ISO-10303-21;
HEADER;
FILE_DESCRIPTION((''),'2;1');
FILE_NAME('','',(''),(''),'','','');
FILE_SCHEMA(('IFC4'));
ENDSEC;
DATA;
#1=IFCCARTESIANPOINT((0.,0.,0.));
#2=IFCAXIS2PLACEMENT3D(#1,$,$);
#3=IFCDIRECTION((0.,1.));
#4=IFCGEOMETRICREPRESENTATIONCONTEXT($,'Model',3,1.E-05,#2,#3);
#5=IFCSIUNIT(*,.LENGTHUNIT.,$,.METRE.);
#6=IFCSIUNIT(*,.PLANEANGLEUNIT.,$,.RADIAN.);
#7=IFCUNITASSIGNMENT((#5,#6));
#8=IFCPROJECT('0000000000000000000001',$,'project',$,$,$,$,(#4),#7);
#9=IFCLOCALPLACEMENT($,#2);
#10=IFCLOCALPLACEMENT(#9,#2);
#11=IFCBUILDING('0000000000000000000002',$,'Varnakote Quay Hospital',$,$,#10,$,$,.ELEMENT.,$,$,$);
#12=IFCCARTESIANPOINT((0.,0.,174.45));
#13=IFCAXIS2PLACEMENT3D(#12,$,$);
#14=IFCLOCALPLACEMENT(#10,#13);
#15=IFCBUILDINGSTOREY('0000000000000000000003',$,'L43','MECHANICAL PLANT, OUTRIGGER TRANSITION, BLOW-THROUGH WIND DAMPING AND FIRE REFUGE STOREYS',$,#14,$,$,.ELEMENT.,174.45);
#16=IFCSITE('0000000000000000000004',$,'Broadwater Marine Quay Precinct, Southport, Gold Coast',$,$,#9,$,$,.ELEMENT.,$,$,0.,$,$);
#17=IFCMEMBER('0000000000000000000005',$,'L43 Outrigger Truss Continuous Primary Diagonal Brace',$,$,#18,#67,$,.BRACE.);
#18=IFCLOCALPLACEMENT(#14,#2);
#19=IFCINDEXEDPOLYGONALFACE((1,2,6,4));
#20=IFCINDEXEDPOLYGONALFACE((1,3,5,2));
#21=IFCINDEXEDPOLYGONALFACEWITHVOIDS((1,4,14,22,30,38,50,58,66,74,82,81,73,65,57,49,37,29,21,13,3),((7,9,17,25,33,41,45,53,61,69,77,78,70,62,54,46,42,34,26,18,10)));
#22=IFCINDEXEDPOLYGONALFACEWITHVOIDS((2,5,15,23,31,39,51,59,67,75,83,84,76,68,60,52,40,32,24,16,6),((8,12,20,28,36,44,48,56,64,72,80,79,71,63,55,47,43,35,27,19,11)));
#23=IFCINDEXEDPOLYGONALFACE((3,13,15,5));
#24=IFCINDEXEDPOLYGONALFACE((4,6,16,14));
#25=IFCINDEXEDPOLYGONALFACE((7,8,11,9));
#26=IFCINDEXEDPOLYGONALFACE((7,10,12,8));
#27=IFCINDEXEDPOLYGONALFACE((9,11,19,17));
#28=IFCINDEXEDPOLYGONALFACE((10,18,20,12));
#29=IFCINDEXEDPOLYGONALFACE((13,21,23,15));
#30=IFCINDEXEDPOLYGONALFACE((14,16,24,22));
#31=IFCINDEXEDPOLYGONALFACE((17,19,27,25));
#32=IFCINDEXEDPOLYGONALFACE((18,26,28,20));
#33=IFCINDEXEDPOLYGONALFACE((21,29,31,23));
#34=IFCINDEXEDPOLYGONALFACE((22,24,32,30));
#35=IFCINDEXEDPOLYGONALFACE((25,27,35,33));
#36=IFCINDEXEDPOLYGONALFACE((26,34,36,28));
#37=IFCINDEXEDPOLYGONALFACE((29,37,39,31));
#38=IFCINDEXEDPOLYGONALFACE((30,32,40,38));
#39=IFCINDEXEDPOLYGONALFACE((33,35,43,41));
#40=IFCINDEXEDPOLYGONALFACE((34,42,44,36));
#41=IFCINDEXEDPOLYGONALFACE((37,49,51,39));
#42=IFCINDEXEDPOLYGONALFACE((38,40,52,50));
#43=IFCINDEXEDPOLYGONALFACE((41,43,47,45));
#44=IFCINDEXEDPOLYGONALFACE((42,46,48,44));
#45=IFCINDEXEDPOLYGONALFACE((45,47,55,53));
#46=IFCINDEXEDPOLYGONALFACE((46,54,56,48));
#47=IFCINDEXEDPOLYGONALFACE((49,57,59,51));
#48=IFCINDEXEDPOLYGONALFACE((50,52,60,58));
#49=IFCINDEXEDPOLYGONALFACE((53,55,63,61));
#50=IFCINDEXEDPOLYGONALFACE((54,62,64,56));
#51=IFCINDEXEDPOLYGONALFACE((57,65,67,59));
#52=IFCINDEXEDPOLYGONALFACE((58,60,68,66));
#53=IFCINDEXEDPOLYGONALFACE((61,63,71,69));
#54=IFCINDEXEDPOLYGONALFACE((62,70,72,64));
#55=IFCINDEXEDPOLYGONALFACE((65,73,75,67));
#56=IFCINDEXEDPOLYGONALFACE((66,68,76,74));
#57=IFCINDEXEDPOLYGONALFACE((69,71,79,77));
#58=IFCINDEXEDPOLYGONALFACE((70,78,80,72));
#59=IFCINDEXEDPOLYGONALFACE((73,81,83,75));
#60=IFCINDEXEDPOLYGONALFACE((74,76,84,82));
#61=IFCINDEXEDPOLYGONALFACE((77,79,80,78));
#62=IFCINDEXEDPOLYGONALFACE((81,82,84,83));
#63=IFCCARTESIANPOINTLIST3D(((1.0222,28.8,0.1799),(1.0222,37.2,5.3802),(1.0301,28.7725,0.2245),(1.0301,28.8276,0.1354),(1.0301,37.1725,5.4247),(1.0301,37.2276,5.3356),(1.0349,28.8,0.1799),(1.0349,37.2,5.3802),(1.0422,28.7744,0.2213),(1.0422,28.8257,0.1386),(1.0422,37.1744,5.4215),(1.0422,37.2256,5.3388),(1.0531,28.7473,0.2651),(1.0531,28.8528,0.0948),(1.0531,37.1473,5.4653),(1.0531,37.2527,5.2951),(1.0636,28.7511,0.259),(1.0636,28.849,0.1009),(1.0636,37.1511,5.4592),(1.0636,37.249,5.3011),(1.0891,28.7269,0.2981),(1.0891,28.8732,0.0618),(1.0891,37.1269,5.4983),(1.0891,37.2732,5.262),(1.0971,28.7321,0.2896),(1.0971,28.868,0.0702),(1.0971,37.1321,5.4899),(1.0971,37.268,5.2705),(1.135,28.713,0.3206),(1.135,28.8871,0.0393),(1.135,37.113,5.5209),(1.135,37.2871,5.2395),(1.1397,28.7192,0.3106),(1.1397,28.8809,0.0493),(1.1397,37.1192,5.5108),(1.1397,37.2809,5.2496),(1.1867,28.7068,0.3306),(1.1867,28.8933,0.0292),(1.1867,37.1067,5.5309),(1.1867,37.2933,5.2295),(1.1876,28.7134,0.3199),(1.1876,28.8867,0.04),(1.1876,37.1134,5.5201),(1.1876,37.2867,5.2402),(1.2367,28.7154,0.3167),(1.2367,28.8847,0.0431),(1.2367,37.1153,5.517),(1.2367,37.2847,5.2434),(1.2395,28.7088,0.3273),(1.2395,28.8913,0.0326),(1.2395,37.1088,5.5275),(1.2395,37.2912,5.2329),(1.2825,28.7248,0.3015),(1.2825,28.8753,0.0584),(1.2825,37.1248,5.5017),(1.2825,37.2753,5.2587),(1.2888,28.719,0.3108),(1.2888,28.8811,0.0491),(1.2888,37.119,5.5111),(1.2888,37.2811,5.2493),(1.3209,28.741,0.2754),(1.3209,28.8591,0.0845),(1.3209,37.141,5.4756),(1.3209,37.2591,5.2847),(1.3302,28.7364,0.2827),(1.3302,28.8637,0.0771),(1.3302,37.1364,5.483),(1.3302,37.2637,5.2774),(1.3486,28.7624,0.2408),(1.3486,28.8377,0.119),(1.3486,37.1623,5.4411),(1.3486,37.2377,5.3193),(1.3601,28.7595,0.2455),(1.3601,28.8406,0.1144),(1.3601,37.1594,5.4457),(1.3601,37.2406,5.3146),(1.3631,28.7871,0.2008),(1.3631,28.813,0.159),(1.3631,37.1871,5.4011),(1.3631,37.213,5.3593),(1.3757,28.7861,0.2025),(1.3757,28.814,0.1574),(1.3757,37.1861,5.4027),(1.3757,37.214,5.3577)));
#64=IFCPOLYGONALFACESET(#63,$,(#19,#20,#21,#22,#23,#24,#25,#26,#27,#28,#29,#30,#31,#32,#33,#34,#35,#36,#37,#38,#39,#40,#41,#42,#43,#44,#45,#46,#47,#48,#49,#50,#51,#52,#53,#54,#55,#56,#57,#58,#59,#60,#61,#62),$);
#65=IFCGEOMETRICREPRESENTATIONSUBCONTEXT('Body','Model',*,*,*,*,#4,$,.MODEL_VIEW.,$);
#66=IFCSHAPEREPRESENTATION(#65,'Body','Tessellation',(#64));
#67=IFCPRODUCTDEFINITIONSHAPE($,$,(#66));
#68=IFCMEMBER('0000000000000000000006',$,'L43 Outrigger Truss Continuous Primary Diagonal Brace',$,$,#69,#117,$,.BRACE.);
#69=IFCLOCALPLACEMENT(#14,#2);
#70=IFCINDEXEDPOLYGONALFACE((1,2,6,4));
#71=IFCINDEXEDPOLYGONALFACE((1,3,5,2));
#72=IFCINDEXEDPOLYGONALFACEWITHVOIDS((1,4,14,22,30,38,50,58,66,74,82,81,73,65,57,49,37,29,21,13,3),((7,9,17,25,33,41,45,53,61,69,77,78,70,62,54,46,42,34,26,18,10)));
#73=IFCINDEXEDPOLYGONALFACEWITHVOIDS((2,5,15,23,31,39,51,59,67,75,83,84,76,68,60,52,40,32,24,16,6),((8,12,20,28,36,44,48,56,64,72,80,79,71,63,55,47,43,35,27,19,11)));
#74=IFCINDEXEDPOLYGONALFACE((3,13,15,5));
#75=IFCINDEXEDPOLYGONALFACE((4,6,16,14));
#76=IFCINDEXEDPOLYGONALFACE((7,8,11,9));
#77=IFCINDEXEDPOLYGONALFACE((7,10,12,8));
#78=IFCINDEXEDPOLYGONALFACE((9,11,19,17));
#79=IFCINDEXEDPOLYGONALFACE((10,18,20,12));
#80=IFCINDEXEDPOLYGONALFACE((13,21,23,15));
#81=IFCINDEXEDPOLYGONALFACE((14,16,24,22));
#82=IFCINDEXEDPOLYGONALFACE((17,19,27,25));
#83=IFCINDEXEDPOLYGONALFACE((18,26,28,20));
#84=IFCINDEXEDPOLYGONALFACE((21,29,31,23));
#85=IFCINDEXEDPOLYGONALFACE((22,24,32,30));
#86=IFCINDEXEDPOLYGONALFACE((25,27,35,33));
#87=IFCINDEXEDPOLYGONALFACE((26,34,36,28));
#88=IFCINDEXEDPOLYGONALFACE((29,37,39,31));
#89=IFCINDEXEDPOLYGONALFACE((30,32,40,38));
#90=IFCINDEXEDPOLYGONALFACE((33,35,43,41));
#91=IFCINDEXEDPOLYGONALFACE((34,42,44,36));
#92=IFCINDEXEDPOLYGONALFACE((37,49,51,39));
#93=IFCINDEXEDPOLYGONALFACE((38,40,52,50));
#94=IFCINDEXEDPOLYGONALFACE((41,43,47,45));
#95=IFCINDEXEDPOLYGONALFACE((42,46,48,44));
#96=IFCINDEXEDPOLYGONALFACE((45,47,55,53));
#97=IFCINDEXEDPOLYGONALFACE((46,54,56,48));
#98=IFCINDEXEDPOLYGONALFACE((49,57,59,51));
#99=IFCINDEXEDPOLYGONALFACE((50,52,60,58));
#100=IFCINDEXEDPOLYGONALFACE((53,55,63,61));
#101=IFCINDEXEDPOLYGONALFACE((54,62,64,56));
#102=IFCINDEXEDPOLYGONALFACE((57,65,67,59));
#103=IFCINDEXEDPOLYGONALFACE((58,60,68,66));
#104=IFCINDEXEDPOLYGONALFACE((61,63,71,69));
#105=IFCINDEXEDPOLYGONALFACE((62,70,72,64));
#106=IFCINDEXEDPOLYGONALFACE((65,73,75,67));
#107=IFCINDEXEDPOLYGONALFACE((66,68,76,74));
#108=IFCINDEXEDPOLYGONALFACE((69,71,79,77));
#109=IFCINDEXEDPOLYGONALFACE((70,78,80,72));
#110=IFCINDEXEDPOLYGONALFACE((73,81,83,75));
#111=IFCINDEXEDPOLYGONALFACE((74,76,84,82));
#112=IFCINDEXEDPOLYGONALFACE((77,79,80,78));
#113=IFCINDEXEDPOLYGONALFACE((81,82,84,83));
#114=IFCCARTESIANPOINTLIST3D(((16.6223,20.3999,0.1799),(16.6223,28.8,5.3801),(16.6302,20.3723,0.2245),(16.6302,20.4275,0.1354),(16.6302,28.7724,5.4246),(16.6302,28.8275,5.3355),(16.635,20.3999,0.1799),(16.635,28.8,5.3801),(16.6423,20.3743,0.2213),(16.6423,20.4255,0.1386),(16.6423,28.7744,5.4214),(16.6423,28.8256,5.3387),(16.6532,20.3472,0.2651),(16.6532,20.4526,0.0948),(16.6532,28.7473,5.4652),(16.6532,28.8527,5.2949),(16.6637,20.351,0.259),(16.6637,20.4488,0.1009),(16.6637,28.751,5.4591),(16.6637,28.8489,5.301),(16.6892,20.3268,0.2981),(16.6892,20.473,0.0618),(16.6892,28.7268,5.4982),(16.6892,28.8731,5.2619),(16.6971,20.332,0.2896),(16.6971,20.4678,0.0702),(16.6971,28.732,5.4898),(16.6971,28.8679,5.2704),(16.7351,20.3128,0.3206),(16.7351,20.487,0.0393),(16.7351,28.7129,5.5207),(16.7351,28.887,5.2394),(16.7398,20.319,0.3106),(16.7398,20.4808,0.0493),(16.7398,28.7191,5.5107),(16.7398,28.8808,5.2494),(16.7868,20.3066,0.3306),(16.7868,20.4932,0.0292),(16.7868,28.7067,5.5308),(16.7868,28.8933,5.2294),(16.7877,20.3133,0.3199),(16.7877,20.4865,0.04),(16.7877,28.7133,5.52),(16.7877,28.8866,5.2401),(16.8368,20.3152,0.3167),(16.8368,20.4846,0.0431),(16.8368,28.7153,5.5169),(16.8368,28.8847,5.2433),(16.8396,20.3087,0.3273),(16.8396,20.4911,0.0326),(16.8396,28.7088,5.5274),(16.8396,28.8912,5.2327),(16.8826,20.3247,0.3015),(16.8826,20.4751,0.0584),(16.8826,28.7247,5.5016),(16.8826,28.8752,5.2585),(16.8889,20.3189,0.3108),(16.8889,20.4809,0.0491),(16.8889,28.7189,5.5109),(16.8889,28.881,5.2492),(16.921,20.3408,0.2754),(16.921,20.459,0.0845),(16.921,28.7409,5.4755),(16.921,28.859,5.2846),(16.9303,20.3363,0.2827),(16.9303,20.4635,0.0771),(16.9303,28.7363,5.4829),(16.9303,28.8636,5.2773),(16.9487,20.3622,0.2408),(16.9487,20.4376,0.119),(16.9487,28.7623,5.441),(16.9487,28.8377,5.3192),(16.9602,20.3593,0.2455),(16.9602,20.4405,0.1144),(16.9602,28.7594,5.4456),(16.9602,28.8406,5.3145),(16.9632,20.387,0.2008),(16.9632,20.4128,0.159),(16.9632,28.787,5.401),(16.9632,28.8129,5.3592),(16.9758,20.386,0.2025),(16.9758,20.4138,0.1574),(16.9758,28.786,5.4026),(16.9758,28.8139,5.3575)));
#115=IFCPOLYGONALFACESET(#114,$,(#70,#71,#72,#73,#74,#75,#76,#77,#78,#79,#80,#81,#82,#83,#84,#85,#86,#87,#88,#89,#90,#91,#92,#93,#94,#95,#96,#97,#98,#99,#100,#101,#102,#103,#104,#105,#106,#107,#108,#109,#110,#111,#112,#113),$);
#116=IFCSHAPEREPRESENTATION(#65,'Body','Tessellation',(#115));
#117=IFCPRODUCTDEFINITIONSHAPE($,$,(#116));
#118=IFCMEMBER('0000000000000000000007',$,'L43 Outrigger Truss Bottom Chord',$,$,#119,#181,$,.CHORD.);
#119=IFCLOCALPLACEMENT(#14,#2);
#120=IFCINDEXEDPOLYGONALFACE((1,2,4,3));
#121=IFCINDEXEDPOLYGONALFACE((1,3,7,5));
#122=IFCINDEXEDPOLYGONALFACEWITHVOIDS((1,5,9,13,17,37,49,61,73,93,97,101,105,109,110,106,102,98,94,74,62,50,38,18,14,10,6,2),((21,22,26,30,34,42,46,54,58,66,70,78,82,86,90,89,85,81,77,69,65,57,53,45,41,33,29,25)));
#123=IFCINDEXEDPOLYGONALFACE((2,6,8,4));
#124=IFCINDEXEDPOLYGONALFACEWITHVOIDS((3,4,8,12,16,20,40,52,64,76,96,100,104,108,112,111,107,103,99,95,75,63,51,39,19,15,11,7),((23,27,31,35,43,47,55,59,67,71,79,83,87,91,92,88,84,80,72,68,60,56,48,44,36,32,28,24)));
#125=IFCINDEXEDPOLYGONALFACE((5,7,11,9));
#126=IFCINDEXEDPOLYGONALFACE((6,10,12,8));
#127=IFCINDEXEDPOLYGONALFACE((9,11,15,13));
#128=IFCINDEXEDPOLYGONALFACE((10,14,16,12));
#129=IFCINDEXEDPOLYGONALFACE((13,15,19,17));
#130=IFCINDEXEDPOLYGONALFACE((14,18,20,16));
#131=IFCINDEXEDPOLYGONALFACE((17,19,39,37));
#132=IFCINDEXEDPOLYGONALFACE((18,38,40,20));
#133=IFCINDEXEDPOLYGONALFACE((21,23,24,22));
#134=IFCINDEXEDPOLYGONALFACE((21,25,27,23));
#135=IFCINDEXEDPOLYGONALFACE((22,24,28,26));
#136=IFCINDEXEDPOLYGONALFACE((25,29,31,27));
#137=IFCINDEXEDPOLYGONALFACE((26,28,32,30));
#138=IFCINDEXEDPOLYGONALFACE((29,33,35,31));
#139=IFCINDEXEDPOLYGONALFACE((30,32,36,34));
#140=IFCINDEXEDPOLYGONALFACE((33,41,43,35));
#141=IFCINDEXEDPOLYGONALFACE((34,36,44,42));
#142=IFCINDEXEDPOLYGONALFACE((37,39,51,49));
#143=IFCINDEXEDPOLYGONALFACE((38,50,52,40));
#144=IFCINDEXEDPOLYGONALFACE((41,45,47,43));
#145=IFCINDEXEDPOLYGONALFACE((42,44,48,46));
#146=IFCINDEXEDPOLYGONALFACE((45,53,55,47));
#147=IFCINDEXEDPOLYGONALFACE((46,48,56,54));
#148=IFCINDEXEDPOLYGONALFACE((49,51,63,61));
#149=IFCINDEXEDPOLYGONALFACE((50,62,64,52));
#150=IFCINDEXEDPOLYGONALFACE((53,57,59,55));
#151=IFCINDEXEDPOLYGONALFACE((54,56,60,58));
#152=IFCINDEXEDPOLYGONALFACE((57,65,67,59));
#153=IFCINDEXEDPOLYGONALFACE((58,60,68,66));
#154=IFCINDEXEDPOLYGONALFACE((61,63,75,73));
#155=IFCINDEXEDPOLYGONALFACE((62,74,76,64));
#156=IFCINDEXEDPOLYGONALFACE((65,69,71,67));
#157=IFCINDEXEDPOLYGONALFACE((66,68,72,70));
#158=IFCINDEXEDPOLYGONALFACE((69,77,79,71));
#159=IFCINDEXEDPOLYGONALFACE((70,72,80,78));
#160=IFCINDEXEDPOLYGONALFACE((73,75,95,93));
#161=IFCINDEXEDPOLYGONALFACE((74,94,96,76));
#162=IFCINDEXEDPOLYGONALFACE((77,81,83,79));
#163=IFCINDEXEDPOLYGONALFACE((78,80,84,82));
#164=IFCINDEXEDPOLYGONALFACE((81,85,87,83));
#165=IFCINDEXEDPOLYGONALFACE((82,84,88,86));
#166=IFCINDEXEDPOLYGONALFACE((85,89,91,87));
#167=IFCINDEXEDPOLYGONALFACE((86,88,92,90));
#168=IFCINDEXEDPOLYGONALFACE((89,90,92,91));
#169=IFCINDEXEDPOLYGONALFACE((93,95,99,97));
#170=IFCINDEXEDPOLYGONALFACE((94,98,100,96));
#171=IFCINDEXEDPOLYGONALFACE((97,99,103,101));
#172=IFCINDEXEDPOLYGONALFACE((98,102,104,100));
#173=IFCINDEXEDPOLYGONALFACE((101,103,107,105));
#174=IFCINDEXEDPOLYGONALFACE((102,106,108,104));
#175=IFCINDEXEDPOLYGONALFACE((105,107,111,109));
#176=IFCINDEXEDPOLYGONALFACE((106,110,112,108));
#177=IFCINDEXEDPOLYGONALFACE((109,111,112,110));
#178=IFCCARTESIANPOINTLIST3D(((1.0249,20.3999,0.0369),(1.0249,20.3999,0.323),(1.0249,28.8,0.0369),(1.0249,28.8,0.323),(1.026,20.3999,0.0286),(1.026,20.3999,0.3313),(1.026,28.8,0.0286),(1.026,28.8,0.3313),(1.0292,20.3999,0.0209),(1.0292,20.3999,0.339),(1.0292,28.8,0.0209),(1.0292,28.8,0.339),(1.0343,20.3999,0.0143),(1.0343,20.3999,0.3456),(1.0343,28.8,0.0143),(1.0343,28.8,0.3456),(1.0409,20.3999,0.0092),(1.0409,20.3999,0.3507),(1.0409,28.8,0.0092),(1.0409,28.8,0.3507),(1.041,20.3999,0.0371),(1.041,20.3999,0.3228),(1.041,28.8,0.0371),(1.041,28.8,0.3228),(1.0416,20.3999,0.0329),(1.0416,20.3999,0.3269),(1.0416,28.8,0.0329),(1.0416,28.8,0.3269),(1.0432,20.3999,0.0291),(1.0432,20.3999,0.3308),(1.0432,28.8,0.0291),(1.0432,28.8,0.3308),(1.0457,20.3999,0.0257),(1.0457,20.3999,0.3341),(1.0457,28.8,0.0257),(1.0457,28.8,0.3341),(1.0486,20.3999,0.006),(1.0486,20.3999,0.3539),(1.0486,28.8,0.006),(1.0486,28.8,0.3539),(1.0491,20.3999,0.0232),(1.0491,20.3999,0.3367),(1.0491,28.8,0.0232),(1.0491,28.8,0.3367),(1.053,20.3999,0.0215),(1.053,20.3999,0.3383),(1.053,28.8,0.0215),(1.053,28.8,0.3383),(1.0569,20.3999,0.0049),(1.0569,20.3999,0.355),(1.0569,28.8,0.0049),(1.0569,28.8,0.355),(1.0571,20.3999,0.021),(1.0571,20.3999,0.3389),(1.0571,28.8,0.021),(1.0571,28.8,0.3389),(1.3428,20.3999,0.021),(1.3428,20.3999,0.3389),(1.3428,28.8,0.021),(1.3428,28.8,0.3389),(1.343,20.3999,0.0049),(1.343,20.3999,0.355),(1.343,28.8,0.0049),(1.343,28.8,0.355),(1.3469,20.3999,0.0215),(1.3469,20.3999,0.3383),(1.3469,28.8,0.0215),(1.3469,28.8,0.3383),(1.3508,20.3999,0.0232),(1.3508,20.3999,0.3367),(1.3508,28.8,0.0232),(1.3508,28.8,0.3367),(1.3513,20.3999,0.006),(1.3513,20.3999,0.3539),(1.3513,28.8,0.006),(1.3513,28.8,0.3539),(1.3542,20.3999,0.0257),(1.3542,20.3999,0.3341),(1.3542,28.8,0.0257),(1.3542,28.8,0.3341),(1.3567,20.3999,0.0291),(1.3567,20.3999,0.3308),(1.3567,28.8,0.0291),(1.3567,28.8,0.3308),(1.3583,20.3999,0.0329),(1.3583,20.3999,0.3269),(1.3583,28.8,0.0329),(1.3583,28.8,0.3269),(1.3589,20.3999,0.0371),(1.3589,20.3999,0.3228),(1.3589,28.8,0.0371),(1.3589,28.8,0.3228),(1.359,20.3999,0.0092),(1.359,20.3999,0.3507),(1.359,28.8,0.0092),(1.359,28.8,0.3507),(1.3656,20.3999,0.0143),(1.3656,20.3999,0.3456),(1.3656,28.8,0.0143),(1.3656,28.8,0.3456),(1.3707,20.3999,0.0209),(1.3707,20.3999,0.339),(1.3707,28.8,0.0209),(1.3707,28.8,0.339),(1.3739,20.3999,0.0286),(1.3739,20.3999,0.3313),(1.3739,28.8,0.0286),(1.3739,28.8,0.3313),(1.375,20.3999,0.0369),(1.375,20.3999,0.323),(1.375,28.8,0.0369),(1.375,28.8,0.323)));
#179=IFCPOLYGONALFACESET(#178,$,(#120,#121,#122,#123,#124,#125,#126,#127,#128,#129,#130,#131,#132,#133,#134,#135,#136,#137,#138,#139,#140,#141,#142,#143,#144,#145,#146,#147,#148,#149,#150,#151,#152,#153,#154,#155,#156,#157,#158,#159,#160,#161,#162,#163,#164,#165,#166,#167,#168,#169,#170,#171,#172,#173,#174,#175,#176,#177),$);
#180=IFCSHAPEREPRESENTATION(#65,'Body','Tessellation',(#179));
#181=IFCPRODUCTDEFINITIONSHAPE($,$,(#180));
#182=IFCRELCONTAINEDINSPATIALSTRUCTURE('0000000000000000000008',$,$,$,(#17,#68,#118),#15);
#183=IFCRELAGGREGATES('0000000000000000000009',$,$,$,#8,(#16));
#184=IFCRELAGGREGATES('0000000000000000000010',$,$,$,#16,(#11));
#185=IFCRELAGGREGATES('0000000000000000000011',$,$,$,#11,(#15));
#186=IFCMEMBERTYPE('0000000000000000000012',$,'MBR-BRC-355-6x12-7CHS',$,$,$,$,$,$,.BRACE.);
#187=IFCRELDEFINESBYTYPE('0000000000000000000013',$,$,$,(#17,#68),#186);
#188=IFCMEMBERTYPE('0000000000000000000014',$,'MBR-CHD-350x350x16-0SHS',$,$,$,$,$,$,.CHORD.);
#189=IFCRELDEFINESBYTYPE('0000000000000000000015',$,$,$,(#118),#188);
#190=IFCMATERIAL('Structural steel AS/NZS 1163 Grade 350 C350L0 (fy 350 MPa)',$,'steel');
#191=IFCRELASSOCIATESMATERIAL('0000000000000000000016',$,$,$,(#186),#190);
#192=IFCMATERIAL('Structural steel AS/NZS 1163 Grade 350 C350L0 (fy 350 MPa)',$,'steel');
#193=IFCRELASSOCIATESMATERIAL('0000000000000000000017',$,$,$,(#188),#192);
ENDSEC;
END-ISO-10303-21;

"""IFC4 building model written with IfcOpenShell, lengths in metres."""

from ifc_helpers import new_model, si_unit, direction, frame, origin, origin_2d, place, context, subcontext, project, spatial, hollow_rectangle, hollow_circle, extrude, material, material_profile, profile_set, type_object, element, save


model = new_model("IFC4")

# Units and contexts
model_context = context("Model", 3, precision=1e-05, world=origin(), true_north=direction((0.0, 1.0)))
body_context = subcontext(model_context, "Body", "Model", "MODEL_VIEW")
ifc_project = project(units=[si_unit("LENGTHUNIT", "METRE"), si_unit("PLANEANGLEUNIT", "RADIAN")], contexts=[model_context])

# Site, building, storey
site_placement = place(None, origin())
site = spatial("IfcSite", under=ifc_project, at=site_placement, Name="Broadwater Marine Quay Precinct, Southport, Gold Coast", CompositionType="ELEMENT", RefElevation=0.0)
building_placement = place(site_placement, origin())
building = spatial("IfcBuilding", under=site, at=building_placement, Name="Varnakote Quay Hospital", CompositionType="ELEMENT")
storey_placement = place(building_placement, frame((0.0, 0.0, 174.45)))
storey = spatial("IfcBuildingStorey", under=building, at=storey_placement, Name="L43", Description="MECHANICAL PLANT, OUTRIGGER TRANSITION, BLOW-THROUGH WIND DAMPING AND FIRE REFUGE STOREYS", CompositionType="ELEMENT", Elevation=174.45)

# Members
ifc_material_1 = material(Name="Structural steel AS/NZS 1163 Grade 350 C350L0 (fy 350 MPa)", Category="steel")
ifc_material_profile_1 = material_profile(ifc_material_1, hollow_circle(Radius=0.1777, WallThickness=0.0127, at=origin_2d()), Name="355.6x12.7CHS")
ifc_profile_set_1 = profile_set([ifc_material_profile_1], Name="Structural steel AS/NZS 1163 Grade 350 C350L0 (fy 350 MPa)")
member_type_1 = type_object("IfcMemberType", Name="MBR-BRC-355-6x12-7CHS", PredefinedType="BRACE", material=ifc_profile_set_1)
for number, where, z_axis, x_axis, name in (
    (1, (1.2, 28.8, 0.1799), (0.0, 0.850254, 0.526373), (-1.0, 0.0, 0.0), "L43 Outrigger Truss Continuous Primary Diagonal Brace"),
    (2, (16.8, 20.3999, 0.1799), (0.0, 0.85026, 0.526362), (-1.0, 0.0, 0.0), "L43 Outrigger Truss Continuous Primary Diagonal Brace"),
):
    element("IfcMember", number, at=place(storey_placement, frame(where, z_axis=z_axis, x_axis=x_axis)), inside=storey, type_object=member_type_1, Name=name, PredefinedType="BRACE", context=body_context, shape_type="SweptSolid", body=[
        extrude(hollow_circle(Radius=0.1777, WallThickness=0.0127, at=origin_2d()), origin(), (0.0, 0.0, 1.0), 9.8794),
    ])
ifc_material_2 = material(Name="Structural steel AS/NZS 1163 Grade 350 C350L0 (fy 350 MPa)", Category="steel")
ifc_material_profile_2 = material_profile(ifc_material_2, hollow_rectangle(XDim=0.3501, YDim=0.3501, WallThickness=0.0161, InnerFilletRadius=0.0161, OuterFilletRadius=0.032, at=origin_2d()), Name="350x350x16.0SHS")
ifc_profile_set_2 = profile_set([ifc_material_profile_2], Name="Structural steel AS/NZS 1163 Grade 350 C350L0 (fy 350 MPa)")
member_type_2 = type_object("IfcMemberType", Name="MBR-CHD-350x350x16-0SHS", PredefinedType="CHORD", material=ifc_profile_set_2)
member_1_placement = place(storey_placement, frame((1.2, 20.3999, 0.1799), z_axis=(0.0, 1.0, 0.0), x_axis=(-1.0, 0.0, 0.0)))
element("IfcMember", 3, at=member_1_placement, inside=storey, type_object=member_type_2, Name="L43 Outrigger Truss Bottom Chord", PredefinedType="CHORD", context=body_context, shape_type="SweptSolid", body=[
    extrude(hollow_rectangle(XDim=0.3501, YDim=0.3501, WallThickness=0.0161, InnerFilletRadius=0.0161, OuterFilletRadius=0.032, at=origin_2d()), origin(), (0.0, 0.0, 1.0), 8.4001),
])

save(model, "model.ifc")
